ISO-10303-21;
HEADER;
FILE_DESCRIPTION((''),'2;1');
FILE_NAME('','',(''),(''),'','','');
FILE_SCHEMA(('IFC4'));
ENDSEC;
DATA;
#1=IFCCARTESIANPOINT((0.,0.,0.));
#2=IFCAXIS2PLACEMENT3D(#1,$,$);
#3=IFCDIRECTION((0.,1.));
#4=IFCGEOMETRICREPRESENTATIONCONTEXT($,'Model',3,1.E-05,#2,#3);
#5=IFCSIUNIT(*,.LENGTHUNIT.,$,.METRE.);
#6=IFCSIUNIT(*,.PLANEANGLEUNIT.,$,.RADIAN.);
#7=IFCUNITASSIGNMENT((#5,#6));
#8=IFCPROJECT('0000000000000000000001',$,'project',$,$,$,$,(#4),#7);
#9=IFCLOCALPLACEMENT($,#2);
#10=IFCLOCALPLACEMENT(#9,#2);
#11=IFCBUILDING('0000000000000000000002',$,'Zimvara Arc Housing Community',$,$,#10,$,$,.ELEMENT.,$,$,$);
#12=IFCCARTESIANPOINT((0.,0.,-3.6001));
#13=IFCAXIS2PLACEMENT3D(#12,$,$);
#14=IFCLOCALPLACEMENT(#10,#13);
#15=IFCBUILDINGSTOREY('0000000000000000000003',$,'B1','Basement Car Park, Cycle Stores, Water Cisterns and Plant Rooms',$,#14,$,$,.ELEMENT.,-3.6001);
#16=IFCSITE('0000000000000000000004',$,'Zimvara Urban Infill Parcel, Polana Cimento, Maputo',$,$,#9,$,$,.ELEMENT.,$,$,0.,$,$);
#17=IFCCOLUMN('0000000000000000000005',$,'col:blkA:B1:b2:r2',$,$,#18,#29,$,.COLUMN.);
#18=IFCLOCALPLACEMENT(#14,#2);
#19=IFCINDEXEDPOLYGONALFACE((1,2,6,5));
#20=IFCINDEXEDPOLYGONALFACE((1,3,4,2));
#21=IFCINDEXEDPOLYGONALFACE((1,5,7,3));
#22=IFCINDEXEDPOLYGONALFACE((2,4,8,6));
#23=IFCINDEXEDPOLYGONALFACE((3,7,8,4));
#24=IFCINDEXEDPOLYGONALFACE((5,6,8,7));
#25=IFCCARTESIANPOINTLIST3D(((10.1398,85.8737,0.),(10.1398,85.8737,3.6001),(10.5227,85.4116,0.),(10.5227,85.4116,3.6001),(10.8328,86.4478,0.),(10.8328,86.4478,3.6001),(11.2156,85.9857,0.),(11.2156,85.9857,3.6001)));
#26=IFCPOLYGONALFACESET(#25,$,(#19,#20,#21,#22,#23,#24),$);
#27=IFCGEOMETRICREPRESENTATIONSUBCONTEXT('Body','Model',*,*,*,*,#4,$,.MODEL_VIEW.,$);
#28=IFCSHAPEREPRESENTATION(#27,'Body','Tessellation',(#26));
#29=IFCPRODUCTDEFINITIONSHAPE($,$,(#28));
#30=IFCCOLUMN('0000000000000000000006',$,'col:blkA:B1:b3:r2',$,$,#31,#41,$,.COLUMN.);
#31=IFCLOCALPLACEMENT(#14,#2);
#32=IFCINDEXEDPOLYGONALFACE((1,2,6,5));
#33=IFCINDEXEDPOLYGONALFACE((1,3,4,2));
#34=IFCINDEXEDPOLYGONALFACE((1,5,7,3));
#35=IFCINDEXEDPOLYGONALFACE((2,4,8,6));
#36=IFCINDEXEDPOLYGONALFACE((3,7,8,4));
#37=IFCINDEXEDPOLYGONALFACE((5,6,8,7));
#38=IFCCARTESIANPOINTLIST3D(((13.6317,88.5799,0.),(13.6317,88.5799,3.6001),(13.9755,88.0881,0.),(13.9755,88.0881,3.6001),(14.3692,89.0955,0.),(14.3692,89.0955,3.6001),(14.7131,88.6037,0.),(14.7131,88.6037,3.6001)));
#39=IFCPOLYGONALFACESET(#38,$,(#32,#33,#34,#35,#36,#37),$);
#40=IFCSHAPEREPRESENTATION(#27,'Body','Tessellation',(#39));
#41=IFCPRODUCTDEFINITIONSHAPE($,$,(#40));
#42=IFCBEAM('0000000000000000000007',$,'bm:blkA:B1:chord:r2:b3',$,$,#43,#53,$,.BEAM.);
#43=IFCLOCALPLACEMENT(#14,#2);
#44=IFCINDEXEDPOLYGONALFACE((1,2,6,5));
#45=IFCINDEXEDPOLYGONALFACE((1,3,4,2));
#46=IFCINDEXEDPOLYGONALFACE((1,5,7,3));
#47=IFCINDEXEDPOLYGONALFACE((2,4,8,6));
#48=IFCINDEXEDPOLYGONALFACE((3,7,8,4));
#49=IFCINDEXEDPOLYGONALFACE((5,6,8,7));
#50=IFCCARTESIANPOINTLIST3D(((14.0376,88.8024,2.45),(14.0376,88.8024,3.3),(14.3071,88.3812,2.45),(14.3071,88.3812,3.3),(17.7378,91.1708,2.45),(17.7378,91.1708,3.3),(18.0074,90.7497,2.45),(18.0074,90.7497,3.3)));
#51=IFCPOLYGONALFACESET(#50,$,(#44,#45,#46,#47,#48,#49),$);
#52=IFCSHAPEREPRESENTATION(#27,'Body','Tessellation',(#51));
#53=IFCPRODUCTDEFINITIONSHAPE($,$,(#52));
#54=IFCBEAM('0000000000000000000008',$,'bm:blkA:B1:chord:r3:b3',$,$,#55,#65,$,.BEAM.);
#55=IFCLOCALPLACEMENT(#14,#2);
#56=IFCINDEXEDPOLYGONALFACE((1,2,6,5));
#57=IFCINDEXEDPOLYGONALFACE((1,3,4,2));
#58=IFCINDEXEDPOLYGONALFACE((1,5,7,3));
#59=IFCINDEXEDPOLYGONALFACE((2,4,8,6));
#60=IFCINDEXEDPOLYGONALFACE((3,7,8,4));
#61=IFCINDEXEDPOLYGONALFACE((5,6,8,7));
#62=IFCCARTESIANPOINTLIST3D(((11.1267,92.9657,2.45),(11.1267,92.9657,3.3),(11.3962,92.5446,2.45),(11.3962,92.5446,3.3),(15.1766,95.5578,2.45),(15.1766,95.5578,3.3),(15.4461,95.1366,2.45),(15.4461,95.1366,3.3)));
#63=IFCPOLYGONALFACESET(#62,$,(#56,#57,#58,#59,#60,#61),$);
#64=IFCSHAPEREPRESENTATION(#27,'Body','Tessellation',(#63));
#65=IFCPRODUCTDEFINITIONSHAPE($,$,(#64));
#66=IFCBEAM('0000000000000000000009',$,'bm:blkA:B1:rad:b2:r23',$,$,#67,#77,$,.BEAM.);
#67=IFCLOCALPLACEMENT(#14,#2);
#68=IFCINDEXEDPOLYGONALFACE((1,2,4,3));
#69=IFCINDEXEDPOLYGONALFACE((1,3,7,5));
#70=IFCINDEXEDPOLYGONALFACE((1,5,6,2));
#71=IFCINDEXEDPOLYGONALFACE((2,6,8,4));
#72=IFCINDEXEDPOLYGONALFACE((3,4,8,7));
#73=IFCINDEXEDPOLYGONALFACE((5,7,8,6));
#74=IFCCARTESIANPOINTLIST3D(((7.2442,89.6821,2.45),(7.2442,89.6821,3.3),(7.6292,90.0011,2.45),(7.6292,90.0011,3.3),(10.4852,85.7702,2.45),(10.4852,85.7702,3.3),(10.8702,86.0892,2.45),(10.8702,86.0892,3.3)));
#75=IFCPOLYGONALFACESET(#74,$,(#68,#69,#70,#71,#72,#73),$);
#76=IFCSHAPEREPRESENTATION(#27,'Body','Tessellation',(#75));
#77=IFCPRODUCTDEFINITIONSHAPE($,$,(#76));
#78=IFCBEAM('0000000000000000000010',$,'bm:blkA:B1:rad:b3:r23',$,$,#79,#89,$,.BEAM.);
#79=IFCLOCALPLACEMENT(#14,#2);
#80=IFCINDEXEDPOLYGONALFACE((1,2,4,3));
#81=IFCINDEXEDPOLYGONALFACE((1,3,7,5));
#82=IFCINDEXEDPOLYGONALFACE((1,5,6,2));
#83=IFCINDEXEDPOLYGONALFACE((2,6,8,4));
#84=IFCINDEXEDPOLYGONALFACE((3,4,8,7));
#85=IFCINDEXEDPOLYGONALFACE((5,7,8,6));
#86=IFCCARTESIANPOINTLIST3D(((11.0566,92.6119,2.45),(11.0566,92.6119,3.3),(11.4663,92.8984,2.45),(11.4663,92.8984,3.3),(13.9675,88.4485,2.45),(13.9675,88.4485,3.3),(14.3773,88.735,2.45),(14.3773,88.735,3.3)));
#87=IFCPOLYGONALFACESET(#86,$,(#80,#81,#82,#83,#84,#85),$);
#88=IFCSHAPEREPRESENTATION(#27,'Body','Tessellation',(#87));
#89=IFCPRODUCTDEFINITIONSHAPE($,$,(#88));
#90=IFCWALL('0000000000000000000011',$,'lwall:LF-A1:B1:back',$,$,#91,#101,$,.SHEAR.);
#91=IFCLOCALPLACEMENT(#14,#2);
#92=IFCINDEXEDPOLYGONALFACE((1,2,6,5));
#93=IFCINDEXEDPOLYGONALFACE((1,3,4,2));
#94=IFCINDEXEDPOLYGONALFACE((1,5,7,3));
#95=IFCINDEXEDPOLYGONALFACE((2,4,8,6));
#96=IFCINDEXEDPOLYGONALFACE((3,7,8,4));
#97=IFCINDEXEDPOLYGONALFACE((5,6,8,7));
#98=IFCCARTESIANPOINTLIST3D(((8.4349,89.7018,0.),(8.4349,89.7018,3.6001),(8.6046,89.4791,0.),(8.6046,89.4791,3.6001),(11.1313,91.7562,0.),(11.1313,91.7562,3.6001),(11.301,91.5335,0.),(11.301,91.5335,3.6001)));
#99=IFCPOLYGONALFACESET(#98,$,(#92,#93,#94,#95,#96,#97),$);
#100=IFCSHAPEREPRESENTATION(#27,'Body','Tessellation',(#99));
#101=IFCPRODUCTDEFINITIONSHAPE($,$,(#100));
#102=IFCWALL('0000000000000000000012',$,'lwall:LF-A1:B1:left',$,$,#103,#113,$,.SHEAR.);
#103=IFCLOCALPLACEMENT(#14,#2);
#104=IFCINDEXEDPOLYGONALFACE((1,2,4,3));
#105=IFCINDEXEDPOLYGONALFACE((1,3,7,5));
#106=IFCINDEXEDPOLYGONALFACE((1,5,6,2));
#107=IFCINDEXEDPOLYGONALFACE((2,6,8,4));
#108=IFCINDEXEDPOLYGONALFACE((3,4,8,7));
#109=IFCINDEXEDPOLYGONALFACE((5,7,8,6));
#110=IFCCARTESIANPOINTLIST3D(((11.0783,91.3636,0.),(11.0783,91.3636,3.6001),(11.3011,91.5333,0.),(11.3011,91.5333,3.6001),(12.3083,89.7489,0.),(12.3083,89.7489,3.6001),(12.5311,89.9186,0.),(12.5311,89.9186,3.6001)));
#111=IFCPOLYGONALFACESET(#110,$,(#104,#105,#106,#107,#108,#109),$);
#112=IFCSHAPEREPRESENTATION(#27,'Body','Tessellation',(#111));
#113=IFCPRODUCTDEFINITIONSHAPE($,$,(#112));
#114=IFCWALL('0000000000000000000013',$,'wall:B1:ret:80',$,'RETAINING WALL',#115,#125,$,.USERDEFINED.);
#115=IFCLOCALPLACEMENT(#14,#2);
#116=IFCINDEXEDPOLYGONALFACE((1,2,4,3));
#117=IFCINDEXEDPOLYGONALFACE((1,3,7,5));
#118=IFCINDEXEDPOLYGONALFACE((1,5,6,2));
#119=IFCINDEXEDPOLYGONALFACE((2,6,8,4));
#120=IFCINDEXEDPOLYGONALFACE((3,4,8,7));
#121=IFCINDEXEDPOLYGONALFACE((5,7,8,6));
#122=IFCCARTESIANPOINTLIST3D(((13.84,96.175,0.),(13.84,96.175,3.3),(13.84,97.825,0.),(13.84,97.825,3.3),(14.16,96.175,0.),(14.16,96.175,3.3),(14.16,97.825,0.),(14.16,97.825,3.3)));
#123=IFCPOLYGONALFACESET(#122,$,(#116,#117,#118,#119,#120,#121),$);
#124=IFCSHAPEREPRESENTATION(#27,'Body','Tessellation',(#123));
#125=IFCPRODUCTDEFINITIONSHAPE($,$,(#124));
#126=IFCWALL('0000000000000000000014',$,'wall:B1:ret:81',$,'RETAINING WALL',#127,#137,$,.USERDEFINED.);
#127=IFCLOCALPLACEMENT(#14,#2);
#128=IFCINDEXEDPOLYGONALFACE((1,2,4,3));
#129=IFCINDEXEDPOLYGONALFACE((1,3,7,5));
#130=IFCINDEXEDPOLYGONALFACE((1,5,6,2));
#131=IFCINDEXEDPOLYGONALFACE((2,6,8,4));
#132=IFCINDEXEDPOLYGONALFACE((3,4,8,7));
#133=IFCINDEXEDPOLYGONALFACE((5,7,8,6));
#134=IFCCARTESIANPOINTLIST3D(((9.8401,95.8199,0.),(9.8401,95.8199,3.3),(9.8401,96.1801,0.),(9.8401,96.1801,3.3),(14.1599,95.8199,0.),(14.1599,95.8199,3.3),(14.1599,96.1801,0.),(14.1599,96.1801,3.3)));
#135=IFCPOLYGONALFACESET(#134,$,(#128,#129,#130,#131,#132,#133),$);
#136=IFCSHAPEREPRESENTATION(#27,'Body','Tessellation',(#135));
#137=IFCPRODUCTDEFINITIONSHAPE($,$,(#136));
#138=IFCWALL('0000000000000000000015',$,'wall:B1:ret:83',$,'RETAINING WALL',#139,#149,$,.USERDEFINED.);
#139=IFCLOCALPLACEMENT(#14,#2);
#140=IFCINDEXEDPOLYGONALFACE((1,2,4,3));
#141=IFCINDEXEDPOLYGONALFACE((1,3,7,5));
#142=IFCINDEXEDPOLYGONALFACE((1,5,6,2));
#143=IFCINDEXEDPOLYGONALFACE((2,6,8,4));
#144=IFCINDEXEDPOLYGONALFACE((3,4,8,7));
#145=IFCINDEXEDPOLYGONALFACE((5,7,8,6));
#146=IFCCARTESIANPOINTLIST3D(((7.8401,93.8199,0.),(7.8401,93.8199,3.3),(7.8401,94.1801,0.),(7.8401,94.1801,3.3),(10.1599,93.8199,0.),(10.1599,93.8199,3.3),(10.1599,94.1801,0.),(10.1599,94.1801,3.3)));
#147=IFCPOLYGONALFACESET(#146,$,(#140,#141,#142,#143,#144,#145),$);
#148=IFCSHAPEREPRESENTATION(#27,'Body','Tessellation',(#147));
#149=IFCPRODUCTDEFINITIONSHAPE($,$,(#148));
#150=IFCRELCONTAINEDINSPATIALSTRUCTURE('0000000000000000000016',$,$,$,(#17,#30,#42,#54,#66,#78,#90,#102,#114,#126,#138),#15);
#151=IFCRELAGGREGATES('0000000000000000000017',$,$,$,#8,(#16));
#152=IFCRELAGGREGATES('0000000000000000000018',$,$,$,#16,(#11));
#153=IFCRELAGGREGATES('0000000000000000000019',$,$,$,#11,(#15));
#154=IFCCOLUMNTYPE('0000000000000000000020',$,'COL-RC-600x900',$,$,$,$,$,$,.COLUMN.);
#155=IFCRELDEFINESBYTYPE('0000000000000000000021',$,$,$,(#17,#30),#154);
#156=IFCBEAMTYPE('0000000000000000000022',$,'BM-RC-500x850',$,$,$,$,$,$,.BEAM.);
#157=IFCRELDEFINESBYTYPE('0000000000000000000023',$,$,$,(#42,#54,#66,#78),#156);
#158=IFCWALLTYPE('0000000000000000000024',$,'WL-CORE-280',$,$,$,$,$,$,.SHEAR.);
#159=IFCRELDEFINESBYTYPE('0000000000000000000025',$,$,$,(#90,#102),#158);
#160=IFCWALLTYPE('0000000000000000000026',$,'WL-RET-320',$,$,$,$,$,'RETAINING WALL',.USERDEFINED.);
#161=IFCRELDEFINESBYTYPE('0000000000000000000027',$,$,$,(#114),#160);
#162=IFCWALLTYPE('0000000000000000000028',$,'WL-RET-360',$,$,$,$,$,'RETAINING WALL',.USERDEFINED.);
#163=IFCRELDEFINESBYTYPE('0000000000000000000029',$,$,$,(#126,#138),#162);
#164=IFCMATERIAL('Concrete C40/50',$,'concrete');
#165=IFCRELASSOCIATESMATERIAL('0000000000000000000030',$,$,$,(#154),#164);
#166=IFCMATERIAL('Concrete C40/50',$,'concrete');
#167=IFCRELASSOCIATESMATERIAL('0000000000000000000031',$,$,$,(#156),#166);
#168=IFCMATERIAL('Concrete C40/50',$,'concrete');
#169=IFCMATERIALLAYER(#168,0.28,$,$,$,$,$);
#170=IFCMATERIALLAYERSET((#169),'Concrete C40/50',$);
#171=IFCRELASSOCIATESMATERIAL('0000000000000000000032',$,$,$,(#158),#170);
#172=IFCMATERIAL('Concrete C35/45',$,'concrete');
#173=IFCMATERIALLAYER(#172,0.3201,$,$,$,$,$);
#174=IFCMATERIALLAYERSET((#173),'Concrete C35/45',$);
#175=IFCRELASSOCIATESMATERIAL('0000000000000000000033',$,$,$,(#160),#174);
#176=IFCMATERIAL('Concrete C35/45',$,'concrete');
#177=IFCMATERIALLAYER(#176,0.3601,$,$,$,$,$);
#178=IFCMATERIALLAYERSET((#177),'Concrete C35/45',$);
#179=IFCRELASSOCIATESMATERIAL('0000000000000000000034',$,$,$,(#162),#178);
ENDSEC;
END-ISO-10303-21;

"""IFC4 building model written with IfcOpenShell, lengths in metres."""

from ifc_helpers import new_model, si_unit, direction, frame, frame_2d, origin, origin_2d, place, context, subcontext, project, spatial, rectangle, extrude, material, layer, layer_set, material_profile, profile_set, type_object, element, save


model = new_model("IFC4")

# Units and contexts
model_context = context("Model", 3, precision=1e-05, world=origin(), true_north=direction((0.0, 1.0)))
body_context = subcontext(model_context, "Body", "Model", "MODEL_VIEW")
ifc_project = project(units=[si_unit("LENGTHUNIT", "METRE"), si_unit("PLANEANGLEUNIT", "RADIAN")], contexts=[model_context])

# Site, building, storey
site_placement = place(None, origin())
site = spatial("IfcSite", under=ifc_project, at=site_placement, Name="Zimvara Urban Infill Parcel, Polana Cimento, Maputo", CompositionType="ELEMENT", RefElevation=0.0)
building_placement = place(site_placement, origin())
building = spatial("IfcBuilding", under=site, at=building_placement, Name="Zimvara Arc Housing Community", CompositionType="ELEMENT")
storey_placement = place(building_placement, frame((0.0, 0.0, -3.6001)))
storey = spatial("IfcBuildingStorey", under=building, at=storey_placement, Name="B1", Description="Basement Car Park, Cycle Stores, Water Cisterns and Plant Rooms", CompositionType="ELEMENT", Elevation=-3.6001)

# Columns
ifc_material_1 = material(Name="Concrete C40/50", Category="concrete")
ifc_material_profile_1 = material_profile(ifc_material_1, rectangle(XDim=0.6001, YDim=0.8999, at=origin_2d()), Name="RC 600x900")
ifc_profile_set_1 = profile_set([ifc_material_profile_1], Name="Concrete C40/50")
column_type_1 = type_object("IfcColumnType", Name="COL-RC-600x900", PredefinedType="COLUMN", material=ifc_profile_set_1)
for number, where, z_axis, x_axis, name in (
    (1, (10.6777, 85.9297, 0.0), (0.0, 0.0, 1.0), (-0.637962, 0.770068, 0.0), "col:blkA:B1:b2:r2"),
    (2, (14.1724, 88.5918, 0.0), (0.0, 0.0, 1.0), (-0.573004, 0.819552, 0.0), "col:blkA:B1:b3:r2"),
):
    element("IfcColumn", number, at=place(storey_placement, frame(where, z_axis=z_axis, x_axis=x_axis)), inside=storey, type_object=column_type_1, Name=name, PredefinedType="COLUMN", context=body_context, shape_type="SweptSolid", body=[
        extrude(rectangle(XDim=0.6001, YDim=0.8999, at=origin_2d()), origin(), (0.0, 0.0, 1.0), 3.6001),
    ])

# Beams
ifc_material_2 = material(Name="Concrete C40/50", Category="concrete")
ifc_material_profile_2 = material_profile(ifc_material_2, rectangle(XDim=0.5, YDim=0.8501, at=origin_2d()), Name="RC 500x850")
ifc_profile_set_2 = profile_set([ifc_material_profile_2], Name="Concrete C40/50")
beam_type = type_object("IfcBeamType", Name="BM-RC-500x850", PredefinedType="BEAM", material=ifc_profile_set_2)
beam_1_placement = place(storey_placement, frame((14.1724, 88.5918, 2.875), z_axis=(0.842242, 0.539099, 0.0), x_axis=(-0.539099, 0.842242, 0.0)))
element("IfcBeam", 3, at=beam_1_placement, inside=storey, type_object=beam_type, Name="bm:blkA:B1:chord:r2:b3", PredefinedType="BEAM", context=body_context, shape_type="SweptSolid", body=[
    extrude(rectangle(XDim=0.5, YDim=0.8501, at=origin_2d()), origin(), (0.0, 0.0, 1.0), 4.3933),
])
beam_2_placement = place(storey_placement, frame((11.2615, 92.7551, 2.875), z_axis=(0.842256, 0.539078, 0.0), x_axis=(-0.539078, 0.842256, 0.0)))
element("IfcBeam", 4, at=beam_2_placement, inside=storey, type_object=beam_type, Name="bm:blkA:B1:chord:r3:b3", PredefinedType="BEAM", context=body_context, shape_type="SweptSolid", body=[
    extrude(rectangle(XDim=0.5, YDim=0.8501, at=origin_2d()), origin(), (0.0, 0.0, 1.0), 4.8083),
])
for number, where, z_axis, x_axis, name in (
    (5, (10.6777, 85.9297, 2.875), (-0.637984, 0.77005, 0.0), (-0.77005, -0.637984, 0.0), "bm:blkA:B1:rad:b2:r23"),
    (6, (14.1724, 88.5918, 2.875), (-0.573007, 0.81955, 0.0), (-0.81955, -0.573007, 0.0), "bm:blkA:B1:rad:b3:r23"),
):
    element("IfcBeam", number, at=place(storey_placement, frame(where, z_axis=z_axis, x_axis=x_axis)), inside=storey, type_object=beam_type, Name=name, PredefinedType="BEAM", context=body_context, shape_type="SweptSolid", body=[
        extrude(rectangle(XDim=0.5, YDim=0.8501, at=origin_2d()), origin(), (0.0, 0.0, 1.0), 5.0801),
    ])

# Shared definitions
ifc_material_3 = material(Name="Concrete C40/50", Category="concrete")
ifc_layer_1 = layer(ifc_material_3, 0.28)
ifc_layer_set_1 = layer_set([ifc_layer_1], Name="Concrete C40/50")
wall_type_1 = type_object("IfcWallType", Name="WL-CORE-280", PredefinedType="SHEAR", material=ifc_layer_set_1)

# Walls
wall_1_placement = place(storey_placement, frame((11.2161, 91.6448, 0.0), z_axis=(0.0, 0.0, 1.0), x_axis=(-0.79544, -0.606032, 0.0)))
element("IfcWall", 7, at=wall_1_placement, inside=storey, type_object=wall_type_1, Name="lwall:LF-A1:B1:back", PredefinedType="SHEAR", context=body_context, shape_type="SweptSolid", body=[
    extrude(rectangle(XDim=3.3899, YDim=0.28, at=frame_2d((1.6948, 0.0))), origin(), (0.0, 0.0, 1.0), 3.6001),
])
wall_2_placement = place(storey_placement, frame((12.4197, 89.8337, 0.0), z_axis=(0.0, 0.0, 1.0), x_axis=(-0.605949, 0.795504, 0.0)))
element("IfcWall", 8, at=wall_2_placement, inside=storey, type_object=wall_type_1, Name="lwall:LF-A1:B1:left", PredefinedType="SHEAR", context=body_context, shape_type="SweptSolid", body=[
    extrude(rectangle(XDim=2.0298, YDim=0.28, at=frame_2d((1.0149, 0.0))), origin(), (0.0, 0.0, 1.0), 3.6001),
])
ifc_material_4 = material(Name="Concrete C35/45", Category="concrete")
ifc_layer_2 = layer(ifc_material_4, 0.3201)
ifc_layer_set_2 = layer_set([ifc_layer_2], Name="Concrete C35/45")
wall_type_2 = type_object("IfcWallType", Name="WL-RET-320", ElementType="RETAINING WALL", PredefinedType="USERDEFINED", material=ifc_layer_set_2)
wall_3_placement = place(storey_placement, frame((14.0, 97.825, 0.0), z_axis=(0.0, 0.0, 1.0), x_axis=(0.0, -1.0, 0.0)))
element("IfcWall", 9, at=wall_3_placement, inside=storey, type_object=wall_type_2, Name="wall:B1:ret:80", ObjectType="RETAINING WALL", PredefinedType="USERDEFINED", context=body_context, shape_type="SweptSolid", body=[
    extrude(rectangle(XDim=1.6499, YDim=0.3201, at=frame_2d((0.825, 0.0))), origin(), (0.0, 0.0, 1.0), 3.3),
])
ifc_material_5 = material(Name="Concrete C35/45", Category="concrete")
ifc_layer_3 = layer(ifc_material_5, 0.3601)
ifc_layer_set_3 = layer_set([ifc_layer_3], Name="Concrete C35/45")
wall_type_3 = type_object("IfcWallType", Name="WL-RET-360", ElementType="RETAINING WALL", PredefinedType="USERDEFINED", material=ifc_layer_set_3)
wall_4_placement = place(storey_placement, frame((14.1599, 96.0, 0.0), z_axis=(0.0, 0.0, 1.0), x_axis=(-1.0, 0.0, 0.0)))
element("IfcWall", 10, at=wall_4_placement, inside=storey, type_object=wall_type_3, Name="wall:B1:ret:81", ObjectType="RETAINING WALL", PredefinedType="USERDEFINED", context=body_context, shape_type="SweptSolid", body=[
    extrude(rectangle(XDim=4.3198, YDim=0.3601, at=frame_2d((2.1599, 0.0))), origin(), (0.0, 0.0, 1.0), 3.3),
])
wall_5_placement = place(storey_placement, frame((10.1599, 94.0, 0.0), z_axis=(0.0, 0.0, 1.0), x_axis=(-1.0, 0.0, 0.0)))
element("IfcWall", 11, at=wall_5_placement, inside=storey, type_object=wall_type_3, Name="wall:B1:ret:83", ObjectType="RETAINING WALL", PredefinedType="USERDEFINED", context=body_context, shape_type="SweptSolid", body=[
    extrude(rectangle(XDim=2.3198, YDim=0.3601, at=frame_2d((1.1599, 0.0))), origin(), (0.0, 0.0, 1.0), 3.3),
])

save(model, "model.ifc")
